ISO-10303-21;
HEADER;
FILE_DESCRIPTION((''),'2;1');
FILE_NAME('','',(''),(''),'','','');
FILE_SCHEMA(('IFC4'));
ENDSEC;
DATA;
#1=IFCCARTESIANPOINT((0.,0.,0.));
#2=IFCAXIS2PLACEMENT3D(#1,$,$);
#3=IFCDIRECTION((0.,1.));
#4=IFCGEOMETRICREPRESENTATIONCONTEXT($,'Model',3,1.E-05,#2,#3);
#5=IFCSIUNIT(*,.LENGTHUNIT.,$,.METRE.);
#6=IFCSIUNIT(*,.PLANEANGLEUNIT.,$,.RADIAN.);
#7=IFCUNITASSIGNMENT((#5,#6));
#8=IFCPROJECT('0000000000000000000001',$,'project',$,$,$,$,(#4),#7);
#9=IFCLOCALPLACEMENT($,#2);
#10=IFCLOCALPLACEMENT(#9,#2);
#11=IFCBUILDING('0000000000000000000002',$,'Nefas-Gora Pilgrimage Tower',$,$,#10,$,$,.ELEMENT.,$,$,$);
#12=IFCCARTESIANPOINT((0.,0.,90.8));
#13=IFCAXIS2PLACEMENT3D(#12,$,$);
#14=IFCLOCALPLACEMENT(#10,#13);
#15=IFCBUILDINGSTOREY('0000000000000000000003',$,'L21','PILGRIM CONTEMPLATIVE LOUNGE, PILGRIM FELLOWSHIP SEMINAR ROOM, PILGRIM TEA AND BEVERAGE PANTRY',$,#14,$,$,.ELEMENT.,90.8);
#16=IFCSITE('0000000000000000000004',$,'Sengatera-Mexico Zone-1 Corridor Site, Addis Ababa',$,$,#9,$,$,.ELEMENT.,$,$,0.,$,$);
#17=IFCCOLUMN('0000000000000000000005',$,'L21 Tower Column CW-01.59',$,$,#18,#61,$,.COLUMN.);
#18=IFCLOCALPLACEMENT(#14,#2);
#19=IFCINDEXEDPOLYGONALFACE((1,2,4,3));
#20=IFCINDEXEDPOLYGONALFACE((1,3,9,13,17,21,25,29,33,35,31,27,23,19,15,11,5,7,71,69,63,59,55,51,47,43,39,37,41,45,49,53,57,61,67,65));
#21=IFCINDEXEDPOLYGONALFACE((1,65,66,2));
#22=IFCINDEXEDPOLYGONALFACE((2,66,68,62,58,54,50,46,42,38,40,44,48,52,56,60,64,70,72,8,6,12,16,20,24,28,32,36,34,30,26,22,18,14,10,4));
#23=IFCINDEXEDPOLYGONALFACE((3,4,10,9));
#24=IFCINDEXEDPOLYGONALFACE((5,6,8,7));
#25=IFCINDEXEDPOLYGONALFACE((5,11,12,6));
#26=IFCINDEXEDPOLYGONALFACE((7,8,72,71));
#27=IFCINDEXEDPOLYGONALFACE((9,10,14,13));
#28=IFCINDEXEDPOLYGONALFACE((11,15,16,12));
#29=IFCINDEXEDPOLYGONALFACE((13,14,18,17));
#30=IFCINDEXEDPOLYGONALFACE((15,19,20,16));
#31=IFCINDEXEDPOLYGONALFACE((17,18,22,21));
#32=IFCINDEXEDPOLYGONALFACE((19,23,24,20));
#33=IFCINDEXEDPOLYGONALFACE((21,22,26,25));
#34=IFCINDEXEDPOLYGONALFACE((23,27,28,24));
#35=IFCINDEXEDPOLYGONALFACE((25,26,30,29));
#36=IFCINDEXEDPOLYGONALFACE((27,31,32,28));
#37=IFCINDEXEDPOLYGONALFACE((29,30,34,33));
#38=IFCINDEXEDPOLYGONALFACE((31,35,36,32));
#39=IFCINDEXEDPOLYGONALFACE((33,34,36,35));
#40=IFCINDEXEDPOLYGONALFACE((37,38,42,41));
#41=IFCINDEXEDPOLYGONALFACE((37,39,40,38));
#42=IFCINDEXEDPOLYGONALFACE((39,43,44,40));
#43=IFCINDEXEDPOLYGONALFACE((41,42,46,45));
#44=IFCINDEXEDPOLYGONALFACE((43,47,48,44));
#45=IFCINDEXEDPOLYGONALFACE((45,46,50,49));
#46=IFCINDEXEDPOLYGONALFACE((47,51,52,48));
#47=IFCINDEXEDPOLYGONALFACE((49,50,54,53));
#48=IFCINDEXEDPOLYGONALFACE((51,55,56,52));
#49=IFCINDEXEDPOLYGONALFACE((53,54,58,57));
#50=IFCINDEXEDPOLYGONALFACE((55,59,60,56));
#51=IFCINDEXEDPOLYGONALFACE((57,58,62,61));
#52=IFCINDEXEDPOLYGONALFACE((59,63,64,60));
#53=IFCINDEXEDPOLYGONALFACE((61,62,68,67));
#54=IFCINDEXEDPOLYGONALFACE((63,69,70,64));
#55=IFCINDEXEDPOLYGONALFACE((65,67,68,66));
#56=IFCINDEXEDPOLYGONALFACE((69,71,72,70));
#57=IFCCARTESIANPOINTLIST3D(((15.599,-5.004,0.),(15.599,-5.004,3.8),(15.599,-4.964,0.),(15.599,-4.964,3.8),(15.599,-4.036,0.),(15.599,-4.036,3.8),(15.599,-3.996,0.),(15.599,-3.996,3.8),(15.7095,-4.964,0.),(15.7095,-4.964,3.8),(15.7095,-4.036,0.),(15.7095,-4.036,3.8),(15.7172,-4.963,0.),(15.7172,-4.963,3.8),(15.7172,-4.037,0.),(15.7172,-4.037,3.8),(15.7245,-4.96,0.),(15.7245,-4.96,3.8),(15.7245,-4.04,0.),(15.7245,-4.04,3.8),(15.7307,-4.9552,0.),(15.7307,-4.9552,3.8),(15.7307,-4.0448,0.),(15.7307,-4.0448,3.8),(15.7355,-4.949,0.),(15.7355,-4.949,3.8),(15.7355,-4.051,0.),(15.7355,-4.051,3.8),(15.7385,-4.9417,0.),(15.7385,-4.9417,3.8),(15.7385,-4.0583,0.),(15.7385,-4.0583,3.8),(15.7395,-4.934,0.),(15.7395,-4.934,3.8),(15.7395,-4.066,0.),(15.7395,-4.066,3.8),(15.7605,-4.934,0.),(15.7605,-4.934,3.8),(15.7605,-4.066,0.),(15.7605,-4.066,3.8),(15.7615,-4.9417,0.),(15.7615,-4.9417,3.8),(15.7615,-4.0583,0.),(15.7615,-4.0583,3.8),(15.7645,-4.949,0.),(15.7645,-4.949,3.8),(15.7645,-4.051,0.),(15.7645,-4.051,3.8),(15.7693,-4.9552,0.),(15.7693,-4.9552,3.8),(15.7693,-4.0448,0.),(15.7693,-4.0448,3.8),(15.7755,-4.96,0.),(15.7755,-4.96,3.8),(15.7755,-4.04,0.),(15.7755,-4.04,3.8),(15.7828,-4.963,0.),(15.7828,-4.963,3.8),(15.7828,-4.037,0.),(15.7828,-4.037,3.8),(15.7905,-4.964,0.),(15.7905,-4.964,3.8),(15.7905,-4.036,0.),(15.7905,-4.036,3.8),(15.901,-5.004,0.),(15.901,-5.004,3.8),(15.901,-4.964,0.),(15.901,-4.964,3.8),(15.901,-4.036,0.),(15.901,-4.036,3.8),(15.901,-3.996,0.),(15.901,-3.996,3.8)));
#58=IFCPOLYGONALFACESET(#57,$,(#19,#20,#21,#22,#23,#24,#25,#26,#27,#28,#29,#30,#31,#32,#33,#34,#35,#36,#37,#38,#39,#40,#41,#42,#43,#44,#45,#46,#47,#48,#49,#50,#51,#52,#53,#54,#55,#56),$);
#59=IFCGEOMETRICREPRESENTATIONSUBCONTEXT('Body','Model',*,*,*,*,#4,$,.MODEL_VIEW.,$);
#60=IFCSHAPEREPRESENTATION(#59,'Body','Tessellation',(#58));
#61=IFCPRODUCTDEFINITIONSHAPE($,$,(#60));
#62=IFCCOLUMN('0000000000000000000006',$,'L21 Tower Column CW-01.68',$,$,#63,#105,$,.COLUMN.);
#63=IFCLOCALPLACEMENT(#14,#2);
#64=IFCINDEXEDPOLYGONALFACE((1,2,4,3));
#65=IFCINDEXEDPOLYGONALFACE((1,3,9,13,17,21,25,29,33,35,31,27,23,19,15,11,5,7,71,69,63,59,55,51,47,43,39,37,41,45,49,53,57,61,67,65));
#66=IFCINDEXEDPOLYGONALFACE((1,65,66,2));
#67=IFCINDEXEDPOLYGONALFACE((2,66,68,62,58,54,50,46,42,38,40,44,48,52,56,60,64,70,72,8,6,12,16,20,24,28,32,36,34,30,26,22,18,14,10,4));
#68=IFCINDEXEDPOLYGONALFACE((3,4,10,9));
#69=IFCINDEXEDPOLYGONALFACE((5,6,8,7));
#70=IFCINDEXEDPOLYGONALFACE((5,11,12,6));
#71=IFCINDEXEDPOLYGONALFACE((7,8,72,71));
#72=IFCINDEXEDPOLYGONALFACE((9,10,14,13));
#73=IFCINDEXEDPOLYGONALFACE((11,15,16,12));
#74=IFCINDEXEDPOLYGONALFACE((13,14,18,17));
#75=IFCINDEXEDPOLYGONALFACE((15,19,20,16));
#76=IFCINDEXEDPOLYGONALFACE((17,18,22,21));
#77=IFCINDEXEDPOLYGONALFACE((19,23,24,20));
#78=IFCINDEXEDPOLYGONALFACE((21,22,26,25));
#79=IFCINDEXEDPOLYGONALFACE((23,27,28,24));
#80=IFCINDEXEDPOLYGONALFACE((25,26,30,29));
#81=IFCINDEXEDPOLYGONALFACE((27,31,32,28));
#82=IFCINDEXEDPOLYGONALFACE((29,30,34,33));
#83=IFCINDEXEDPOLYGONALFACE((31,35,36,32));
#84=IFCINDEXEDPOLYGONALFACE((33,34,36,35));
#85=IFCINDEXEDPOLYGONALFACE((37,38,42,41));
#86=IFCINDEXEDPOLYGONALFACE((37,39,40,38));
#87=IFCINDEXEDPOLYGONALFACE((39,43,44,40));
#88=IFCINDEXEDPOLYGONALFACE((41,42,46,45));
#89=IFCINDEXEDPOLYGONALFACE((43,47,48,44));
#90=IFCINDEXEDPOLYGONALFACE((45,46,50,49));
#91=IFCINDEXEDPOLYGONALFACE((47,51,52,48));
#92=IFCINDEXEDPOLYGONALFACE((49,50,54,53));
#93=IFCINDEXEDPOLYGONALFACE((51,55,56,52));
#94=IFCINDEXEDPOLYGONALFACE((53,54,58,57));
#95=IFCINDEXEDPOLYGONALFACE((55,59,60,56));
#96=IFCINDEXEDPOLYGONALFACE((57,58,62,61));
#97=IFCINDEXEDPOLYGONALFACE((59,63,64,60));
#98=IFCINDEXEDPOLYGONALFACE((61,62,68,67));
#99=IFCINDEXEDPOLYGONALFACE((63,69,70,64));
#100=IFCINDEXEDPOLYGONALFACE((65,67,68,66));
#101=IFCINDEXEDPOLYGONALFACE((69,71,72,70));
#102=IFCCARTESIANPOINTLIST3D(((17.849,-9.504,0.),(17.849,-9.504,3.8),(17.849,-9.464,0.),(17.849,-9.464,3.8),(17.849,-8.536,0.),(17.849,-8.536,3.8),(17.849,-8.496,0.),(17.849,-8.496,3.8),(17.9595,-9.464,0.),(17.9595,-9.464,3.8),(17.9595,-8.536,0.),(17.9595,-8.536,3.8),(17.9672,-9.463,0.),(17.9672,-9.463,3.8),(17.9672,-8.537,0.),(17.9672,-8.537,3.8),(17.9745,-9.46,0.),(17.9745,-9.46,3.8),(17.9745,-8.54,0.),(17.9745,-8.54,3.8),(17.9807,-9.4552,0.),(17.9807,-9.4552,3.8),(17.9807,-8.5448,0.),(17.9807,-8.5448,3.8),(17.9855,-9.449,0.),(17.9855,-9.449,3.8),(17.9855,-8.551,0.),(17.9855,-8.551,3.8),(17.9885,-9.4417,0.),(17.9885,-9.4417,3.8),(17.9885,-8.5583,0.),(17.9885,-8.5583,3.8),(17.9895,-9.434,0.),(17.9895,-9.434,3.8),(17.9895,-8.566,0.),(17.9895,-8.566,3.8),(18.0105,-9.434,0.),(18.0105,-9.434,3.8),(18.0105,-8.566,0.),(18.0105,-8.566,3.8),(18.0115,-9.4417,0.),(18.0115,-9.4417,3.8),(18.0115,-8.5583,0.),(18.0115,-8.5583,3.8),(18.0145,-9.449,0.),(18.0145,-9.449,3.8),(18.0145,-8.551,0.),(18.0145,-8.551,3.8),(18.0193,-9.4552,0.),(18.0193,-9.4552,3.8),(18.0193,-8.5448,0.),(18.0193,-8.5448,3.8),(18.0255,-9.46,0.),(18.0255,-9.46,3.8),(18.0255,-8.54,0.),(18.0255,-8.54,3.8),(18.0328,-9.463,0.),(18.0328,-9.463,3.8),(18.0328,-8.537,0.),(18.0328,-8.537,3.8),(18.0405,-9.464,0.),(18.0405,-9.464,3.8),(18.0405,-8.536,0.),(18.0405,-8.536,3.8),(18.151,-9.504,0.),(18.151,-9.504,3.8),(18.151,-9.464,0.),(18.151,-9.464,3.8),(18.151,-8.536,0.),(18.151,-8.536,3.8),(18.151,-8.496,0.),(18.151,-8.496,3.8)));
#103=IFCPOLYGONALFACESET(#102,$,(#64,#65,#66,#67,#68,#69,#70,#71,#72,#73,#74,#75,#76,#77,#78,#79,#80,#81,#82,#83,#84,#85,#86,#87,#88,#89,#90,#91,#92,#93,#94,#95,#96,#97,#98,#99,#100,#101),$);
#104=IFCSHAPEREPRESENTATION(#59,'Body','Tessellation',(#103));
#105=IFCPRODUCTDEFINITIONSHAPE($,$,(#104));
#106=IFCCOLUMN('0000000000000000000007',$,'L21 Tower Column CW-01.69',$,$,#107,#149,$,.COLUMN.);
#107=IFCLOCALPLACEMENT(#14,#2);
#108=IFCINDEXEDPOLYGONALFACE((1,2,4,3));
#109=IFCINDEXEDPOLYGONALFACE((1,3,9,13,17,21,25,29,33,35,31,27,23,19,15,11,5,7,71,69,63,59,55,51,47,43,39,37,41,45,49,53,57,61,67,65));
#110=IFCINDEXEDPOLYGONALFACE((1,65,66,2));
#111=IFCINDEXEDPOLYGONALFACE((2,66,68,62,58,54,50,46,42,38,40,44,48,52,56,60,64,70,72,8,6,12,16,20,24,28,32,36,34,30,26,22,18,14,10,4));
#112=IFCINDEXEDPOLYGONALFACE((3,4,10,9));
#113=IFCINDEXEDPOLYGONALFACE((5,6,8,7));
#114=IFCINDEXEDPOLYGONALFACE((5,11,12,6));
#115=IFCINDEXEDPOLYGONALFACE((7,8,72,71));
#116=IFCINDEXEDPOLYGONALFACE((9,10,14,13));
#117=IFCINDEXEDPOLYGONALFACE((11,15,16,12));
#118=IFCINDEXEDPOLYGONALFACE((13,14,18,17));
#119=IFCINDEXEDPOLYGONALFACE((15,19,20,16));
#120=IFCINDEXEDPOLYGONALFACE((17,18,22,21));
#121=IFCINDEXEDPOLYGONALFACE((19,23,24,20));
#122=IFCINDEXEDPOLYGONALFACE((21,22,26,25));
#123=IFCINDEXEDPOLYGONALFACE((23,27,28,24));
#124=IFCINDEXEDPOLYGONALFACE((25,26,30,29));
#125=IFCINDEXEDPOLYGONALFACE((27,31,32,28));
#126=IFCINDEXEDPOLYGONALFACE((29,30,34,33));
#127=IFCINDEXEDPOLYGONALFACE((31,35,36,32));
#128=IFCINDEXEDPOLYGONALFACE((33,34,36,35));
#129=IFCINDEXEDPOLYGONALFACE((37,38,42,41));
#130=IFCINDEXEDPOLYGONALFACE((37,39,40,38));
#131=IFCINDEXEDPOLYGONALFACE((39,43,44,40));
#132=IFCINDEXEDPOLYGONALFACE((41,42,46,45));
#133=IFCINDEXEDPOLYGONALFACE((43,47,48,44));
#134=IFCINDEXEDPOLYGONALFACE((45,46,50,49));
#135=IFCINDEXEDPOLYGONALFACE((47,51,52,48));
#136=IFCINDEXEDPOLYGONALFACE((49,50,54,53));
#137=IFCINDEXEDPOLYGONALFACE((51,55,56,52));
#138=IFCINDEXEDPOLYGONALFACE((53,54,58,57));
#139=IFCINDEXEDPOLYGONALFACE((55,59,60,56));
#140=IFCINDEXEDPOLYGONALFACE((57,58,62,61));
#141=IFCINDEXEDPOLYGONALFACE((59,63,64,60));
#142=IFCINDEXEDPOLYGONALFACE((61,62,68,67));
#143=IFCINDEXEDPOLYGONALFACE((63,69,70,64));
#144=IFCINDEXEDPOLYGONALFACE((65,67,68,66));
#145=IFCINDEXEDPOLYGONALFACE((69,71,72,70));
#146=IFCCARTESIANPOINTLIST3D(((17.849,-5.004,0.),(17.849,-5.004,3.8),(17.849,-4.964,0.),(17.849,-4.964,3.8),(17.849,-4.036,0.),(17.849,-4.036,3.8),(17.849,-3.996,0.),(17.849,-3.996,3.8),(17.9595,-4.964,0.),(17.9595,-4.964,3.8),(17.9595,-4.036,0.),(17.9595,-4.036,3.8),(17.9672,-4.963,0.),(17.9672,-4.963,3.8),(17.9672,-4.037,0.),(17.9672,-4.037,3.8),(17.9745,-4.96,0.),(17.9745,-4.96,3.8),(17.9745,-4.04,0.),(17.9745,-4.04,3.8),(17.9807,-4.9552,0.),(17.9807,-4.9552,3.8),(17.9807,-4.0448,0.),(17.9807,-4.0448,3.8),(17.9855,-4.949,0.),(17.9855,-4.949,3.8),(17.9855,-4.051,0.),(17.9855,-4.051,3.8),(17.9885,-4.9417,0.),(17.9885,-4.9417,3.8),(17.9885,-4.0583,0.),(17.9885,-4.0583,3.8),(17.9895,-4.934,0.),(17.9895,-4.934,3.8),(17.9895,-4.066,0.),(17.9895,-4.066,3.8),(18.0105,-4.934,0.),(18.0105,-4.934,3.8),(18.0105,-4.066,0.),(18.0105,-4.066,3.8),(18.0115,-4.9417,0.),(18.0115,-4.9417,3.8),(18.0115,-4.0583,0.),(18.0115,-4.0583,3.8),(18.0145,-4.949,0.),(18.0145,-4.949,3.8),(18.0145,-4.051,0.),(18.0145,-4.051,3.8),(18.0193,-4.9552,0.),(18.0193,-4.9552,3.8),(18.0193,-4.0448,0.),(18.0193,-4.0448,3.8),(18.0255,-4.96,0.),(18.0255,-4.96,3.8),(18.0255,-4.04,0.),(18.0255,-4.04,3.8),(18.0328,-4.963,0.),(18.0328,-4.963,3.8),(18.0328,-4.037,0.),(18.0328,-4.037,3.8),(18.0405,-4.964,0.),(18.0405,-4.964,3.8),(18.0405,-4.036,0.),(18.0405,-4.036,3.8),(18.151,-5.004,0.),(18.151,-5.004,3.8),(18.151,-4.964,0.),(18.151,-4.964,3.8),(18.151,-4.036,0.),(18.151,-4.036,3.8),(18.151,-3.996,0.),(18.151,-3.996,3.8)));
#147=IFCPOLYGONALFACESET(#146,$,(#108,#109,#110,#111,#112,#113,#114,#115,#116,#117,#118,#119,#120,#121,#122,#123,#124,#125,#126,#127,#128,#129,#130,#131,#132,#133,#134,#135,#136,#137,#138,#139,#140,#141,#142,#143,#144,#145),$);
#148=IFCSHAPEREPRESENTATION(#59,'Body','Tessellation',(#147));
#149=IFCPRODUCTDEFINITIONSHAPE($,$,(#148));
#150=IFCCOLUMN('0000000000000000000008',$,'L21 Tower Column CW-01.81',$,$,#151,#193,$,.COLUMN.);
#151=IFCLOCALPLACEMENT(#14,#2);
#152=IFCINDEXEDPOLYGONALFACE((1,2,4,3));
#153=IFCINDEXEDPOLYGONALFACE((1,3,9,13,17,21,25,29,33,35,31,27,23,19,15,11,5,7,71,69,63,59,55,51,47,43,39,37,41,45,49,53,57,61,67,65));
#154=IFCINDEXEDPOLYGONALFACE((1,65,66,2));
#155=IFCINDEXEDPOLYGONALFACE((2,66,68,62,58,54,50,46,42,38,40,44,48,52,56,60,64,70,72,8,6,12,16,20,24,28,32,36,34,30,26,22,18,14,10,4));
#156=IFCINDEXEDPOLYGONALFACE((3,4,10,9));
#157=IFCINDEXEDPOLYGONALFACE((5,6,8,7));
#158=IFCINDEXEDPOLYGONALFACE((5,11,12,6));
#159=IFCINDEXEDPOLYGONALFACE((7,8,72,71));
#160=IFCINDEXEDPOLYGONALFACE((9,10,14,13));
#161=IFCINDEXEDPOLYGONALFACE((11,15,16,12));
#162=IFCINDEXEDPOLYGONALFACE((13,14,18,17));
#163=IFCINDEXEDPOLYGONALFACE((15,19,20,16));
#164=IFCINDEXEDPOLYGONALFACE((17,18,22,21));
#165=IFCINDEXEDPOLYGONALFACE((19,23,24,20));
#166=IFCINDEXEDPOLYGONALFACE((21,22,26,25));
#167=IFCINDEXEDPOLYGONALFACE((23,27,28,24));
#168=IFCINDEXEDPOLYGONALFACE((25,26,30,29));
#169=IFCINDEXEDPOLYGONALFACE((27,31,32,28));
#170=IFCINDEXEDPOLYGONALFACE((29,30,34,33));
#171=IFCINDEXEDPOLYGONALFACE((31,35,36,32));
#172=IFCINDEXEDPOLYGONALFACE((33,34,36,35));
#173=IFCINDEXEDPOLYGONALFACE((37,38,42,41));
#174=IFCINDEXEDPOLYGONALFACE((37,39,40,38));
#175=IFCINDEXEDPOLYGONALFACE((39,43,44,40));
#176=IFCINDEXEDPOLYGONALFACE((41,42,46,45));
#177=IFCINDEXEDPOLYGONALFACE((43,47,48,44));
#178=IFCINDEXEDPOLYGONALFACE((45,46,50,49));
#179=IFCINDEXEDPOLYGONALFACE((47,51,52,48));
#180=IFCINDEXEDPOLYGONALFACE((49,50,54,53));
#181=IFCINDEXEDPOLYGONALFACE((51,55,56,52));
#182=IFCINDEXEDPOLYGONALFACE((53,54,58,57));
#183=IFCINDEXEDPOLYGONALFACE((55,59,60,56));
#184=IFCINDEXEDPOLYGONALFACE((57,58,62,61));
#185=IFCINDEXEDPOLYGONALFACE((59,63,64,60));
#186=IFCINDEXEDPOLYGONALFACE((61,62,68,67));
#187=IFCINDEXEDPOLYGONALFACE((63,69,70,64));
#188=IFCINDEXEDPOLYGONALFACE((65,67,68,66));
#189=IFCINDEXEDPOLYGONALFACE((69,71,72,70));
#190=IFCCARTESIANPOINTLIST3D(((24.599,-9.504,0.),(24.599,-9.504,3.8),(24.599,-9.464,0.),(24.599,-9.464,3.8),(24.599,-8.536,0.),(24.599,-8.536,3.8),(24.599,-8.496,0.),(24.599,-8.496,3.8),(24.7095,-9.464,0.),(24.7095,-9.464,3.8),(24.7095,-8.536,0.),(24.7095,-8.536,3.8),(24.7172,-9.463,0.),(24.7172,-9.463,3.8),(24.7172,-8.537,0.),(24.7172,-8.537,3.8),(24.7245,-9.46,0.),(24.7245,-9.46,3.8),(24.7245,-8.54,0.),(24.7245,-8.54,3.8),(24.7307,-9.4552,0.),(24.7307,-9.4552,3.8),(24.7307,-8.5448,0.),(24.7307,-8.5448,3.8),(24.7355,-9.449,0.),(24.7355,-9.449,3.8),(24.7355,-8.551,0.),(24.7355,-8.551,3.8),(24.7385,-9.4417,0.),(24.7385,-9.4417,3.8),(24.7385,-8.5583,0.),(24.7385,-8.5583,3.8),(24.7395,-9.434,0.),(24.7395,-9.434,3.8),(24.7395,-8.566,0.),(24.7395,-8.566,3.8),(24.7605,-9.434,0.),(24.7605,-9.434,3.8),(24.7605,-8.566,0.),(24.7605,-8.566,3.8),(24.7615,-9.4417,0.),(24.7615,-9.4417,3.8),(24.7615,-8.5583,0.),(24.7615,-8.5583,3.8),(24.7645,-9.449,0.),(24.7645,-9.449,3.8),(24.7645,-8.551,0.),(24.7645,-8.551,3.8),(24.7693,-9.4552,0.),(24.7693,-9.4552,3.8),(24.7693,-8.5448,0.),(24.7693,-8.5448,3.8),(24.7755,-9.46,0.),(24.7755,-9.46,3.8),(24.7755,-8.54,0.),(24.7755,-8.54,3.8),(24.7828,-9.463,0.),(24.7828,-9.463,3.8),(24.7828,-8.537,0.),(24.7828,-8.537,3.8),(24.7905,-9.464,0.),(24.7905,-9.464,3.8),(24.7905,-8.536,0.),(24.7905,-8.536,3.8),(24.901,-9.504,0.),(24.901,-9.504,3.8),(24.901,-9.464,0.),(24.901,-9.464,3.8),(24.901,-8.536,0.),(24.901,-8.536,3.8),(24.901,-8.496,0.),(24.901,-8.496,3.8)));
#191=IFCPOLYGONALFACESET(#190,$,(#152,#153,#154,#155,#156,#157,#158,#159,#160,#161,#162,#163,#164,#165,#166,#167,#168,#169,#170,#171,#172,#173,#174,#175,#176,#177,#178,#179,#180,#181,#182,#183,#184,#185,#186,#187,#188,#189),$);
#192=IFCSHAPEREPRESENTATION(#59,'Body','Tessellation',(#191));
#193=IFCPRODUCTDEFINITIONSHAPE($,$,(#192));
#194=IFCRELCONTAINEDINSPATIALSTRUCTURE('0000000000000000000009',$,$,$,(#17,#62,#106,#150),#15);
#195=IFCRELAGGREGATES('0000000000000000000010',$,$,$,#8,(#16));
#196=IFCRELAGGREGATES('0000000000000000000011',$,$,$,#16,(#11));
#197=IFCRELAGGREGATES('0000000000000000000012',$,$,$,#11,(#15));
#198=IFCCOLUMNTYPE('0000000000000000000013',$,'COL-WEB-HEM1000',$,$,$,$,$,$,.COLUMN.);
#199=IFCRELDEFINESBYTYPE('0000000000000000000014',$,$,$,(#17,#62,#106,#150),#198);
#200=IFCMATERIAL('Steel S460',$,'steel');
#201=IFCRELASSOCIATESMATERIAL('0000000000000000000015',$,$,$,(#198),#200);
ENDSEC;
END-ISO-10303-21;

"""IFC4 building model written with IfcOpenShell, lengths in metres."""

from ifc_helpers import new_model, si_unit, direction, frame, origin, origin_2d, place, context, subcontext, project, spatial, i_section, extrude, source, transform, mapped, material, material_profile, profile_set, type_object, element, save


model = new_model("IFC4")

# Units and contexts
model_context = context("Model", 3, precision=1e-05, world=origin(), true_north=direction((0.0, 1.0)))
body_context = subcontext(model_context, "Body", "Model", "MODEL_VIEW")
ifc_project = project(units=[si_unit("LENGTHUNIT", "METRE"), si_unit("PLANEANGLEUNIT", "RADIAN")], contexts=[model_context])

# Site, building, storey
site_placement = place(None, origin())
site = spatial("IfcSite", under=ifc_project, at=site_placement, Name="Sengatera-Mexico Zone-1 Corridor Site, Addis Ababa", CompositionType="ELEMENT", RefElevation=0.0)
building_placement = place(site_placement, origin())
building = spatial("IfcBuilding", under=site, at=building_placement, Name="Nefas-Gora Pilgrimage Tower", CompositionType="ELEMENT")
storey_placement = place(building_placement, frame((0.0, 0.0, 90.8)))
storey = spatial("IfcBuildingStorey", under=building, at=storey_placement, Name="L21", Description="PILGRIM CONTEMPLATIVE LOUNGE, PILGRIM FELLOWSHIP SEMINAR ROOM, PILGRIM TEA AND BEVERAGE PANTRY", CompositionType="ELEMENT", Elevation=90.8)

# Columns
ifc_material_1 = material(Name="Steel S460", Category="steel")
ifc_material_profile_1 = material_profile(ifc_material_1, i_section(OverallWidth=0.302, OverallDepth=1.0081, WebThickness=0.021, FlangeThickness=0.04, FilletRadius=0.03, at=origin_2d()), Name="HEM 1000")
ifc_profile_set_1 = profile_set([ifc_material_profile_1], Name="Steel S460")
column_type_1 = type_object("IfcColumnType", Name="COL-WEB-HEM1000", PredefinedType="COLUMN", material=ifc_profile_set_1)
shared_shape_1 = source(origin(), body_context, "Body", "SweptSolid", [
    extrude(i_section(OverallWidth=0.302, OverallDepth=1.0081, WebThickness=0.021, FlangeThickness=0.04, FilletRadius=0.03, at=origin_2d()), origin(), (0.0, 0.0, 1.0), 3.8),
])
for number, where, z_axis, x_axis, name in (
    (1, (15.75, -4.5, 0.0), (0.0, 0.0, 1.0), (1.0, 0.0, 0.0), "L21 Tower Column CW-01.59"),
    (2, (18.0, -9.0, 0.0), (0.0, 0.0, 1.0), (1.0, 0.0, 0.0), "L21 Tower Column CW-01.68"),
    (3, (18.0, -4.5, 0.0), (0.0, 0.0, 1.0), (1.0, 0.0, 0.0), "L21 Tower Column CW-01.69"),
    (4, (24.75, -9.0, 0.0), (0.0, 0.0, 1.0), (1.0, 0.0, 0.0), "L21 Tower Column CW-01.81"),
):
    element("IfcColumn", number, at=place(storey_placement, frame(where, z_axis=z_axis, x_axis=x_axis)), inside=storey, type_object=column_type_1, Name=name, PredefinedType="COLUMN", context=body_context, shape_type="MappedRepresentation", body=[
        mapped(shared_shape_1, transform((0.0, 0.0, 0.0), x_axis=(1.0, 0.0, 0.0), y_axis=(0.0, 1.0, 0.0), z_axis=(0.0, 0.0, 1.0), scale=1.0)),
    ])

save(model, "model.ifc")
